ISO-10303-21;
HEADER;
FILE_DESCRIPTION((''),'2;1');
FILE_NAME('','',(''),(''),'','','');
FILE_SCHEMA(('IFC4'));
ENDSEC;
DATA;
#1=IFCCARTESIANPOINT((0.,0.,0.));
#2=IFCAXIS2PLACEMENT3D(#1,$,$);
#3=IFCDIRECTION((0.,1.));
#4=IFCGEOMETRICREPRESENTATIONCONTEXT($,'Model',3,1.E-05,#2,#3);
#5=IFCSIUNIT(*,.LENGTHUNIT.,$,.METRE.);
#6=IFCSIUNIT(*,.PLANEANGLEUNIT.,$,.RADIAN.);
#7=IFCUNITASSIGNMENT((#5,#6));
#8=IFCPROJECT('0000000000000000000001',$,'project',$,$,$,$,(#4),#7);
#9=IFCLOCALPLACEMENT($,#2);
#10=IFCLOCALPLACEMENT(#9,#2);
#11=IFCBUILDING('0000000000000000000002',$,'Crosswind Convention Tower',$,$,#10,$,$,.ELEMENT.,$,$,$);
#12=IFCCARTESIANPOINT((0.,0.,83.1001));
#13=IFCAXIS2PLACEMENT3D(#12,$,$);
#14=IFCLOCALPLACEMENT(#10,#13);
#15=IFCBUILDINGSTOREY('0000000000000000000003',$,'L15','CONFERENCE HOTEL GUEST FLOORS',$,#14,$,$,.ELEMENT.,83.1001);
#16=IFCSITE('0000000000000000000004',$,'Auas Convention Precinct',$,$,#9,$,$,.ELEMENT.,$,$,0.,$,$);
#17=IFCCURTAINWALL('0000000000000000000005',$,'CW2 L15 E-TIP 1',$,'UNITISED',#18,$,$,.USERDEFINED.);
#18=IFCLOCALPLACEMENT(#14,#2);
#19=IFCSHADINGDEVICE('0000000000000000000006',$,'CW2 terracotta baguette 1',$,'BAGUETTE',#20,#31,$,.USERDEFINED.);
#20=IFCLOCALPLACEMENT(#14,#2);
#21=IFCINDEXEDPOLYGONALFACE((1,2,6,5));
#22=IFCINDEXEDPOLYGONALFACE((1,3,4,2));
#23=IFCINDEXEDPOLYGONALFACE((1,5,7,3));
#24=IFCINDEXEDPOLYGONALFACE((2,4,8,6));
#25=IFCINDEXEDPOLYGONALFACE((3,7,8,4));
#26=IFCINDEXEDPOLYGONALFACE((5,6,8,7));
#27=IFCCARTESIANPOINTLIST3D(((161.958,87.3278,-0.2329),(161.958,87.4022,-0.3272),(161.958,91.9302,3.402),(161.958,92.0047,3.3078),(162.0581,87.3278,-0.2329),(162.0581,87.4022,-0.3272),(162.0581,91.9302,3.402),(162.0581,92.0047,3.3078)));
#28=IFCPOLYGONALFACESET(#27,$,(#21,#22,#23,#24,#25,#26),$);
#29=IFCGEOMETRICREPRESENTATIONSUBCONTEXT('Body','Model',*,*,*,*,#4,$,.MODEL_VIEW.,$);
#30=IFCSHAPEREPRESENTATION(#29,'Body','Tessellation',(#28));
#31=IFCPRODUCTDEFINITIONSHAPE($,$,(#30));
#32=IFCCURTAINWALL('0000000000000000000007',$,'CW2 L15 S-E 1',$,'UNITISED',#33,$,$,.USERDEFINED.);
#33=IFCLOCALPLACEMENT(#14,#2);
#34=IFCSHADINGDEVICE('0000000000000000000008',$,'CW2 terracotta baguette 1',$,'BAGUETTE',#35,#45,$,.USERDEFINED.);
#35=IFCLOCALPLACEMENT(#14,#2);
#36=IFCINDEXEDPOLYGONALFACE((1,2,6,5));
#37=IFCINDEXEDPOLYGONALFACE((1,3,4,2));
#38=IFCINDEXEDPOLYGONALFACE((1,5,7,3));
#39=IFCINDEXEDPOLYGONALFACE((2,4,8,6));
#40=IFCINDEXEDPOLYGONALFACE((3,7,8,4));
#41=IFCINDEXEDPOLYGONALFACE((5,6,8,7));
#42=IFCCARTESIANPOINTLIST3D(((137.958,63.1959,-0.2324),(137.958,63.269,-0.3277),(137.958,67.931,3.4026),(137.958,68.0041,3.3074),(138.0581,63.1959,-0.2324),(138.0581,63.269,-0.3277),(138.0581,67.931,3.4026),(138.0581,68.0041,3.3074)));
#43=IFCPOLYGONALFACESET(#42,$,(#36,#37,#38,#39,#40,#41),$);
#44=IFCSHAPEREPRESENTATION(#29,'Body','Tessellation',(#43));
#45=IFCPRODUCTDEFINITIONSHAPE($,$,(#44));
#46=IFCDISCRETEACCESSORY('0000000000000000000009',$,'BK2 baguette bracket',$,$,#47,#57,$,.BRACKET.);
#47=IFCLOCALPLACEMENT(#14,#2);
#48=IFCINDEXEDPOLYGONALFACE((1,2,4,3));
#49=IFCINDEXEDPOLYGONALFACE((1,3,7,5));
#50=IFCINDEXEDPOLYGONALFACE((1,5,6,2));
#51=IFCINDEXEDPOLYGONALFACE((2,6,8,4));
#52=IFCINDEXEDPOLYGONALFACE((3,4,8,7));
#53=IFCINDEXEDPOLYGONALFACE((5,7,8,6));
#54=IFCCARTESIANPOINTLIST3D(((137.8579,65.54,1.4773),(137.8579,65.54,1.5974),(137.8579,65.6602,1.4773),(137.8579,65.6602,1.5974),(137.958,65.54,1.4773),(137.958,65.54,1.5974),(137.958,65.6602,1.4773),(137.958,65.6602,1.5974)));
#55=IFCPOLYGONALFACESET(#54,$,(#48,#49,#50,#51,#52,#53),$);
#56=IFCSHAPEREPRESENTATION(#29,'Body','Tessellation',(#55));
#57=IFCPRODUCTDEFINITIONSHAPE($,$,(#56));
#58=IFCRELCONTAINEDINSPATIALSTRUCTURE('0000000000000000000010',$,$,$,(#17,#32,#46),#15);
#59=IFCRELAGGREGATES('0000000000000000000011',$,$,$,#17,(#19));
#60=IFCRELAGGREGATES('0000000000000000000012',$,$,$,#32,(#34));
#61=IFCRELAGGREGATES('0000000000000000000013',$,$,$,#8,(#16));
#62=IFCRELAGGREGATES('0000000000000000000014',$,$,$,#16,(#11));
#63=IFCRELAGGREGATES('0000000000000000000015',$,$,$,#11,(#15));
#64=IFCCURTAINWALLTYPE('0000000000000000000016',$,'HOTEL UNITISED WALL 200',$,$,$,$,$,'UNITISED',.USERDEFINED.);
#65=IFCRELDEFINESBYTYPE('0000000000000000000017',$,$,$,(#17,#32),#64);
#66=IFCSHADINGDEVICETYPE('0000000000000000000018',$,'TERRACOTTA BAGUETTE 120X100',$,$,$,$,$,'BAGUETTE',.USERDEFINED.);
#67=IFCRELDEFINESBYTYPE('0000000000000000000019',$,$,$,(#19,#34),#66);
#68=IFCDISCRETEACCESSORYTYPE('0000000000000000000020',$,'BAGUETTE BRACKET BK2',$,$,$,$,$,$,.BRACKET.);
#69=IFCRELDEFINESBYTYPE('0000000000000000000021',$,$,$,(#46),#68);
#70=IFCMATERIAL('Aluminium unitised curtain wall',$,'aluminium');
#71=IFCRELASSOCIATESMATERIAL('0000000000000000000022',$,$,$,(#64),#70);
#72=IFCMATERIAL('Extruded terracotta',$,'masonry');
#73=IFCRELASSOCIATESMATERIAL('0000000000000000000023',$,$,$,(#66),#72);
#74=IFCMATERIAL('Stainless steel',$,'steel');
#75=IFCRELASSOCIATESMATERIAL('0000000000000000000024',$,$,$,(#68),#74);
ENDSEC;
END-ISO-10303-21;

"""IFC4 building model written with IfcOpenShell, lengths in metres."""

from ifc_helpers import new_model, si_unit, direction, frame, origin, origin_2d, place, context, subcontext, project, spatial, rectangle, extrude, material, material_profile, profile_set, type_object, element, aggregate, save


model = new_model("IFC4")

# Units and contexts
model_context = context("Model", 3, precision=1e-05, world=origin(), true_north=direction((0.0, 1.0)))
body_context = subcontext(model_context, "Body", "Model", "MODEL_VIEW")
ifc_project = project(units=[si_unit("LENGTHUNIT", "METRE"), si_unit("PLANEANGLEUNIT", "RADIAN")], contexts=[model_context])

# Site, building, storey
site_placement = place(None, origin())
site = spatial("IfcSite", under=ifc_project, at=site_placement, Name="Auas Convention Precinct", CompositionType="ELEMENT", RefElevation=0.0)
building_placement = place(site_placement, origin())
building = spatial("IfcBuilding", under=site, at=building_placement, Name="Crosswind Convention Tower", CompositionType="ELEMENT")
storey_placement = place(building_placement, frame((0.0, 0.0, 83.1001)))
storey = spatial("IfcBuildingStorey", under=building, at=storey_placement, Name="L15", Description="CONFERENCE HOTEL GUEST FLOORS", CompositionType="ELEMENT", Elevation=83.1001)

# Shared definitions
ifc_material_1 = material(Name="Aluminium unitised curtain wall", Category="aluminium")

# Curtain wall
curtain_wall_type_1 = type_object("IfcCurtainWallType", Name="HOTEL UNITISED WALL 200", ElementType="UNITISED", PredefinedType="USERDEFINED", material=ifc_material_1)
curtain_wall_1_placement = place(storey_placement, origin())
curtain_wall_1 = element("IfcCurtainWall", 1, at=curtain_wall_1_placement, inside=storey, type_object=curtain_wall_type_1, Name="CW2 L15 E-TIP 1", ObjectType="UNITISED", PredefinedType="USERDEFINED")

# Shading device
ifc_material_2 = material(Name="Extruded terracotta", Category="masonry")
ifc_material_profile_1 = material_profile(ifc_material_2, rectangle(XDim=0.1001, YDim=0.1201, at=origin_2d()), Name="TC 100X120")
ifc_profile_set_1 = profile_set([ifc_material_profile_1], Name="Extruded terracotta")
shading_device_type = type_object("IfcShadingDeviceType", Name="TERRACOTTA BAGUETTE 120X100", ElementType="BAGUETTE", PredefinedType="USERDEFINED", material=ifc_profile_set_1)
shading_device_1_placement = place(storey_placement, frame((162.0081, 87.365, -0.28), z_axis=(0.0, 0.784764, 0.619794), x_axis=(-1.0, 0.0, 0.0)))
shading_device_1 = element("IfcShadingDevice", 2, at=shading_device_1_placement, type_object=shading_device_type, Name="CW2 terracotta baguette 1", ObjectType="BAGUETTE", PredefinedType="USERDEFINED", context=body_context, shape_type="SweptSolid", body=[
    extrude(rectangle(XDim=0.1001, YDim=0.1201, at=origin_2d()), origin(), (0.0, 0.0, 1.0), 5.8647),
])
aggregate(curtain_wall_1, [shading_device_1])

# Curtain wall, shading device
curtain_wall_2_placement = place(storey_placement, origin())
curtain_wall_2 = element("IfcCurtainWall", 3, at=curtain_wall_2_placement, inside=storey, type_object=curtain_wall_type_1, Name="CW2 L15 S-E 1", ObjectType="UNITISED", PredefinedType="USERDEFINED")
shading_device_2_placement = place(storey_placement, frame((138.0081, 63.2324, -0.28), z_axis=(0.0, 0.793221, 0.608934), x_axis=(-1.0, 0.0, 0.0)))
shading_device_2 = element("IfcShadingDevice", 4, at=shading_device_2_placement, type_object=shading_device_type, Name="CW2 terracotta baguette 1", ObjectType="BAGUETTE", PredefinedType="USERDEFINED", context=body_context, shape_type="SweptSolid", body=[
    extrude(rectangle(XDim=0.1001, YDim=0.1201, at=origin_2d()), origin(), (0.0, 0.0, 1.0), 5.9695),
])
aggregate(curtain_wall_2, [shading_device_2])

# Discrete accessory
ifc_material_3 = material(Name="Stainless steel", Category="steel")
discrete_accessory_type = type_object("IfcDiscreteAccessoryType", Name="BAGUETTE BRACKET BK2", PredefinedType="BRACKET", material=ifc_material_3)
discrete_accessory_placement = place(storey_placement, frame((137.908, 65.6001, 1.4773), z_axis=(0.0, 0.0, 1.0), x_axis=(0.0, 1.0, 0.0)))
element("IfcDiscreteAccessory", 5, at=discrete_accessory_placement, inside=storey, type_object=discrete_accessory_type, Name="BK2 baguette bracket", PredefinedType="BRACKET", context=body_context, shape_type="SweptSolid", body=[
    extrude(rectangle(XDim=0.1201, YDim=0.1001, at=origin_2d()), origin(), (0.0, 0.0, 1.0), 0.1201),
])

save(model, "model.ifc")
